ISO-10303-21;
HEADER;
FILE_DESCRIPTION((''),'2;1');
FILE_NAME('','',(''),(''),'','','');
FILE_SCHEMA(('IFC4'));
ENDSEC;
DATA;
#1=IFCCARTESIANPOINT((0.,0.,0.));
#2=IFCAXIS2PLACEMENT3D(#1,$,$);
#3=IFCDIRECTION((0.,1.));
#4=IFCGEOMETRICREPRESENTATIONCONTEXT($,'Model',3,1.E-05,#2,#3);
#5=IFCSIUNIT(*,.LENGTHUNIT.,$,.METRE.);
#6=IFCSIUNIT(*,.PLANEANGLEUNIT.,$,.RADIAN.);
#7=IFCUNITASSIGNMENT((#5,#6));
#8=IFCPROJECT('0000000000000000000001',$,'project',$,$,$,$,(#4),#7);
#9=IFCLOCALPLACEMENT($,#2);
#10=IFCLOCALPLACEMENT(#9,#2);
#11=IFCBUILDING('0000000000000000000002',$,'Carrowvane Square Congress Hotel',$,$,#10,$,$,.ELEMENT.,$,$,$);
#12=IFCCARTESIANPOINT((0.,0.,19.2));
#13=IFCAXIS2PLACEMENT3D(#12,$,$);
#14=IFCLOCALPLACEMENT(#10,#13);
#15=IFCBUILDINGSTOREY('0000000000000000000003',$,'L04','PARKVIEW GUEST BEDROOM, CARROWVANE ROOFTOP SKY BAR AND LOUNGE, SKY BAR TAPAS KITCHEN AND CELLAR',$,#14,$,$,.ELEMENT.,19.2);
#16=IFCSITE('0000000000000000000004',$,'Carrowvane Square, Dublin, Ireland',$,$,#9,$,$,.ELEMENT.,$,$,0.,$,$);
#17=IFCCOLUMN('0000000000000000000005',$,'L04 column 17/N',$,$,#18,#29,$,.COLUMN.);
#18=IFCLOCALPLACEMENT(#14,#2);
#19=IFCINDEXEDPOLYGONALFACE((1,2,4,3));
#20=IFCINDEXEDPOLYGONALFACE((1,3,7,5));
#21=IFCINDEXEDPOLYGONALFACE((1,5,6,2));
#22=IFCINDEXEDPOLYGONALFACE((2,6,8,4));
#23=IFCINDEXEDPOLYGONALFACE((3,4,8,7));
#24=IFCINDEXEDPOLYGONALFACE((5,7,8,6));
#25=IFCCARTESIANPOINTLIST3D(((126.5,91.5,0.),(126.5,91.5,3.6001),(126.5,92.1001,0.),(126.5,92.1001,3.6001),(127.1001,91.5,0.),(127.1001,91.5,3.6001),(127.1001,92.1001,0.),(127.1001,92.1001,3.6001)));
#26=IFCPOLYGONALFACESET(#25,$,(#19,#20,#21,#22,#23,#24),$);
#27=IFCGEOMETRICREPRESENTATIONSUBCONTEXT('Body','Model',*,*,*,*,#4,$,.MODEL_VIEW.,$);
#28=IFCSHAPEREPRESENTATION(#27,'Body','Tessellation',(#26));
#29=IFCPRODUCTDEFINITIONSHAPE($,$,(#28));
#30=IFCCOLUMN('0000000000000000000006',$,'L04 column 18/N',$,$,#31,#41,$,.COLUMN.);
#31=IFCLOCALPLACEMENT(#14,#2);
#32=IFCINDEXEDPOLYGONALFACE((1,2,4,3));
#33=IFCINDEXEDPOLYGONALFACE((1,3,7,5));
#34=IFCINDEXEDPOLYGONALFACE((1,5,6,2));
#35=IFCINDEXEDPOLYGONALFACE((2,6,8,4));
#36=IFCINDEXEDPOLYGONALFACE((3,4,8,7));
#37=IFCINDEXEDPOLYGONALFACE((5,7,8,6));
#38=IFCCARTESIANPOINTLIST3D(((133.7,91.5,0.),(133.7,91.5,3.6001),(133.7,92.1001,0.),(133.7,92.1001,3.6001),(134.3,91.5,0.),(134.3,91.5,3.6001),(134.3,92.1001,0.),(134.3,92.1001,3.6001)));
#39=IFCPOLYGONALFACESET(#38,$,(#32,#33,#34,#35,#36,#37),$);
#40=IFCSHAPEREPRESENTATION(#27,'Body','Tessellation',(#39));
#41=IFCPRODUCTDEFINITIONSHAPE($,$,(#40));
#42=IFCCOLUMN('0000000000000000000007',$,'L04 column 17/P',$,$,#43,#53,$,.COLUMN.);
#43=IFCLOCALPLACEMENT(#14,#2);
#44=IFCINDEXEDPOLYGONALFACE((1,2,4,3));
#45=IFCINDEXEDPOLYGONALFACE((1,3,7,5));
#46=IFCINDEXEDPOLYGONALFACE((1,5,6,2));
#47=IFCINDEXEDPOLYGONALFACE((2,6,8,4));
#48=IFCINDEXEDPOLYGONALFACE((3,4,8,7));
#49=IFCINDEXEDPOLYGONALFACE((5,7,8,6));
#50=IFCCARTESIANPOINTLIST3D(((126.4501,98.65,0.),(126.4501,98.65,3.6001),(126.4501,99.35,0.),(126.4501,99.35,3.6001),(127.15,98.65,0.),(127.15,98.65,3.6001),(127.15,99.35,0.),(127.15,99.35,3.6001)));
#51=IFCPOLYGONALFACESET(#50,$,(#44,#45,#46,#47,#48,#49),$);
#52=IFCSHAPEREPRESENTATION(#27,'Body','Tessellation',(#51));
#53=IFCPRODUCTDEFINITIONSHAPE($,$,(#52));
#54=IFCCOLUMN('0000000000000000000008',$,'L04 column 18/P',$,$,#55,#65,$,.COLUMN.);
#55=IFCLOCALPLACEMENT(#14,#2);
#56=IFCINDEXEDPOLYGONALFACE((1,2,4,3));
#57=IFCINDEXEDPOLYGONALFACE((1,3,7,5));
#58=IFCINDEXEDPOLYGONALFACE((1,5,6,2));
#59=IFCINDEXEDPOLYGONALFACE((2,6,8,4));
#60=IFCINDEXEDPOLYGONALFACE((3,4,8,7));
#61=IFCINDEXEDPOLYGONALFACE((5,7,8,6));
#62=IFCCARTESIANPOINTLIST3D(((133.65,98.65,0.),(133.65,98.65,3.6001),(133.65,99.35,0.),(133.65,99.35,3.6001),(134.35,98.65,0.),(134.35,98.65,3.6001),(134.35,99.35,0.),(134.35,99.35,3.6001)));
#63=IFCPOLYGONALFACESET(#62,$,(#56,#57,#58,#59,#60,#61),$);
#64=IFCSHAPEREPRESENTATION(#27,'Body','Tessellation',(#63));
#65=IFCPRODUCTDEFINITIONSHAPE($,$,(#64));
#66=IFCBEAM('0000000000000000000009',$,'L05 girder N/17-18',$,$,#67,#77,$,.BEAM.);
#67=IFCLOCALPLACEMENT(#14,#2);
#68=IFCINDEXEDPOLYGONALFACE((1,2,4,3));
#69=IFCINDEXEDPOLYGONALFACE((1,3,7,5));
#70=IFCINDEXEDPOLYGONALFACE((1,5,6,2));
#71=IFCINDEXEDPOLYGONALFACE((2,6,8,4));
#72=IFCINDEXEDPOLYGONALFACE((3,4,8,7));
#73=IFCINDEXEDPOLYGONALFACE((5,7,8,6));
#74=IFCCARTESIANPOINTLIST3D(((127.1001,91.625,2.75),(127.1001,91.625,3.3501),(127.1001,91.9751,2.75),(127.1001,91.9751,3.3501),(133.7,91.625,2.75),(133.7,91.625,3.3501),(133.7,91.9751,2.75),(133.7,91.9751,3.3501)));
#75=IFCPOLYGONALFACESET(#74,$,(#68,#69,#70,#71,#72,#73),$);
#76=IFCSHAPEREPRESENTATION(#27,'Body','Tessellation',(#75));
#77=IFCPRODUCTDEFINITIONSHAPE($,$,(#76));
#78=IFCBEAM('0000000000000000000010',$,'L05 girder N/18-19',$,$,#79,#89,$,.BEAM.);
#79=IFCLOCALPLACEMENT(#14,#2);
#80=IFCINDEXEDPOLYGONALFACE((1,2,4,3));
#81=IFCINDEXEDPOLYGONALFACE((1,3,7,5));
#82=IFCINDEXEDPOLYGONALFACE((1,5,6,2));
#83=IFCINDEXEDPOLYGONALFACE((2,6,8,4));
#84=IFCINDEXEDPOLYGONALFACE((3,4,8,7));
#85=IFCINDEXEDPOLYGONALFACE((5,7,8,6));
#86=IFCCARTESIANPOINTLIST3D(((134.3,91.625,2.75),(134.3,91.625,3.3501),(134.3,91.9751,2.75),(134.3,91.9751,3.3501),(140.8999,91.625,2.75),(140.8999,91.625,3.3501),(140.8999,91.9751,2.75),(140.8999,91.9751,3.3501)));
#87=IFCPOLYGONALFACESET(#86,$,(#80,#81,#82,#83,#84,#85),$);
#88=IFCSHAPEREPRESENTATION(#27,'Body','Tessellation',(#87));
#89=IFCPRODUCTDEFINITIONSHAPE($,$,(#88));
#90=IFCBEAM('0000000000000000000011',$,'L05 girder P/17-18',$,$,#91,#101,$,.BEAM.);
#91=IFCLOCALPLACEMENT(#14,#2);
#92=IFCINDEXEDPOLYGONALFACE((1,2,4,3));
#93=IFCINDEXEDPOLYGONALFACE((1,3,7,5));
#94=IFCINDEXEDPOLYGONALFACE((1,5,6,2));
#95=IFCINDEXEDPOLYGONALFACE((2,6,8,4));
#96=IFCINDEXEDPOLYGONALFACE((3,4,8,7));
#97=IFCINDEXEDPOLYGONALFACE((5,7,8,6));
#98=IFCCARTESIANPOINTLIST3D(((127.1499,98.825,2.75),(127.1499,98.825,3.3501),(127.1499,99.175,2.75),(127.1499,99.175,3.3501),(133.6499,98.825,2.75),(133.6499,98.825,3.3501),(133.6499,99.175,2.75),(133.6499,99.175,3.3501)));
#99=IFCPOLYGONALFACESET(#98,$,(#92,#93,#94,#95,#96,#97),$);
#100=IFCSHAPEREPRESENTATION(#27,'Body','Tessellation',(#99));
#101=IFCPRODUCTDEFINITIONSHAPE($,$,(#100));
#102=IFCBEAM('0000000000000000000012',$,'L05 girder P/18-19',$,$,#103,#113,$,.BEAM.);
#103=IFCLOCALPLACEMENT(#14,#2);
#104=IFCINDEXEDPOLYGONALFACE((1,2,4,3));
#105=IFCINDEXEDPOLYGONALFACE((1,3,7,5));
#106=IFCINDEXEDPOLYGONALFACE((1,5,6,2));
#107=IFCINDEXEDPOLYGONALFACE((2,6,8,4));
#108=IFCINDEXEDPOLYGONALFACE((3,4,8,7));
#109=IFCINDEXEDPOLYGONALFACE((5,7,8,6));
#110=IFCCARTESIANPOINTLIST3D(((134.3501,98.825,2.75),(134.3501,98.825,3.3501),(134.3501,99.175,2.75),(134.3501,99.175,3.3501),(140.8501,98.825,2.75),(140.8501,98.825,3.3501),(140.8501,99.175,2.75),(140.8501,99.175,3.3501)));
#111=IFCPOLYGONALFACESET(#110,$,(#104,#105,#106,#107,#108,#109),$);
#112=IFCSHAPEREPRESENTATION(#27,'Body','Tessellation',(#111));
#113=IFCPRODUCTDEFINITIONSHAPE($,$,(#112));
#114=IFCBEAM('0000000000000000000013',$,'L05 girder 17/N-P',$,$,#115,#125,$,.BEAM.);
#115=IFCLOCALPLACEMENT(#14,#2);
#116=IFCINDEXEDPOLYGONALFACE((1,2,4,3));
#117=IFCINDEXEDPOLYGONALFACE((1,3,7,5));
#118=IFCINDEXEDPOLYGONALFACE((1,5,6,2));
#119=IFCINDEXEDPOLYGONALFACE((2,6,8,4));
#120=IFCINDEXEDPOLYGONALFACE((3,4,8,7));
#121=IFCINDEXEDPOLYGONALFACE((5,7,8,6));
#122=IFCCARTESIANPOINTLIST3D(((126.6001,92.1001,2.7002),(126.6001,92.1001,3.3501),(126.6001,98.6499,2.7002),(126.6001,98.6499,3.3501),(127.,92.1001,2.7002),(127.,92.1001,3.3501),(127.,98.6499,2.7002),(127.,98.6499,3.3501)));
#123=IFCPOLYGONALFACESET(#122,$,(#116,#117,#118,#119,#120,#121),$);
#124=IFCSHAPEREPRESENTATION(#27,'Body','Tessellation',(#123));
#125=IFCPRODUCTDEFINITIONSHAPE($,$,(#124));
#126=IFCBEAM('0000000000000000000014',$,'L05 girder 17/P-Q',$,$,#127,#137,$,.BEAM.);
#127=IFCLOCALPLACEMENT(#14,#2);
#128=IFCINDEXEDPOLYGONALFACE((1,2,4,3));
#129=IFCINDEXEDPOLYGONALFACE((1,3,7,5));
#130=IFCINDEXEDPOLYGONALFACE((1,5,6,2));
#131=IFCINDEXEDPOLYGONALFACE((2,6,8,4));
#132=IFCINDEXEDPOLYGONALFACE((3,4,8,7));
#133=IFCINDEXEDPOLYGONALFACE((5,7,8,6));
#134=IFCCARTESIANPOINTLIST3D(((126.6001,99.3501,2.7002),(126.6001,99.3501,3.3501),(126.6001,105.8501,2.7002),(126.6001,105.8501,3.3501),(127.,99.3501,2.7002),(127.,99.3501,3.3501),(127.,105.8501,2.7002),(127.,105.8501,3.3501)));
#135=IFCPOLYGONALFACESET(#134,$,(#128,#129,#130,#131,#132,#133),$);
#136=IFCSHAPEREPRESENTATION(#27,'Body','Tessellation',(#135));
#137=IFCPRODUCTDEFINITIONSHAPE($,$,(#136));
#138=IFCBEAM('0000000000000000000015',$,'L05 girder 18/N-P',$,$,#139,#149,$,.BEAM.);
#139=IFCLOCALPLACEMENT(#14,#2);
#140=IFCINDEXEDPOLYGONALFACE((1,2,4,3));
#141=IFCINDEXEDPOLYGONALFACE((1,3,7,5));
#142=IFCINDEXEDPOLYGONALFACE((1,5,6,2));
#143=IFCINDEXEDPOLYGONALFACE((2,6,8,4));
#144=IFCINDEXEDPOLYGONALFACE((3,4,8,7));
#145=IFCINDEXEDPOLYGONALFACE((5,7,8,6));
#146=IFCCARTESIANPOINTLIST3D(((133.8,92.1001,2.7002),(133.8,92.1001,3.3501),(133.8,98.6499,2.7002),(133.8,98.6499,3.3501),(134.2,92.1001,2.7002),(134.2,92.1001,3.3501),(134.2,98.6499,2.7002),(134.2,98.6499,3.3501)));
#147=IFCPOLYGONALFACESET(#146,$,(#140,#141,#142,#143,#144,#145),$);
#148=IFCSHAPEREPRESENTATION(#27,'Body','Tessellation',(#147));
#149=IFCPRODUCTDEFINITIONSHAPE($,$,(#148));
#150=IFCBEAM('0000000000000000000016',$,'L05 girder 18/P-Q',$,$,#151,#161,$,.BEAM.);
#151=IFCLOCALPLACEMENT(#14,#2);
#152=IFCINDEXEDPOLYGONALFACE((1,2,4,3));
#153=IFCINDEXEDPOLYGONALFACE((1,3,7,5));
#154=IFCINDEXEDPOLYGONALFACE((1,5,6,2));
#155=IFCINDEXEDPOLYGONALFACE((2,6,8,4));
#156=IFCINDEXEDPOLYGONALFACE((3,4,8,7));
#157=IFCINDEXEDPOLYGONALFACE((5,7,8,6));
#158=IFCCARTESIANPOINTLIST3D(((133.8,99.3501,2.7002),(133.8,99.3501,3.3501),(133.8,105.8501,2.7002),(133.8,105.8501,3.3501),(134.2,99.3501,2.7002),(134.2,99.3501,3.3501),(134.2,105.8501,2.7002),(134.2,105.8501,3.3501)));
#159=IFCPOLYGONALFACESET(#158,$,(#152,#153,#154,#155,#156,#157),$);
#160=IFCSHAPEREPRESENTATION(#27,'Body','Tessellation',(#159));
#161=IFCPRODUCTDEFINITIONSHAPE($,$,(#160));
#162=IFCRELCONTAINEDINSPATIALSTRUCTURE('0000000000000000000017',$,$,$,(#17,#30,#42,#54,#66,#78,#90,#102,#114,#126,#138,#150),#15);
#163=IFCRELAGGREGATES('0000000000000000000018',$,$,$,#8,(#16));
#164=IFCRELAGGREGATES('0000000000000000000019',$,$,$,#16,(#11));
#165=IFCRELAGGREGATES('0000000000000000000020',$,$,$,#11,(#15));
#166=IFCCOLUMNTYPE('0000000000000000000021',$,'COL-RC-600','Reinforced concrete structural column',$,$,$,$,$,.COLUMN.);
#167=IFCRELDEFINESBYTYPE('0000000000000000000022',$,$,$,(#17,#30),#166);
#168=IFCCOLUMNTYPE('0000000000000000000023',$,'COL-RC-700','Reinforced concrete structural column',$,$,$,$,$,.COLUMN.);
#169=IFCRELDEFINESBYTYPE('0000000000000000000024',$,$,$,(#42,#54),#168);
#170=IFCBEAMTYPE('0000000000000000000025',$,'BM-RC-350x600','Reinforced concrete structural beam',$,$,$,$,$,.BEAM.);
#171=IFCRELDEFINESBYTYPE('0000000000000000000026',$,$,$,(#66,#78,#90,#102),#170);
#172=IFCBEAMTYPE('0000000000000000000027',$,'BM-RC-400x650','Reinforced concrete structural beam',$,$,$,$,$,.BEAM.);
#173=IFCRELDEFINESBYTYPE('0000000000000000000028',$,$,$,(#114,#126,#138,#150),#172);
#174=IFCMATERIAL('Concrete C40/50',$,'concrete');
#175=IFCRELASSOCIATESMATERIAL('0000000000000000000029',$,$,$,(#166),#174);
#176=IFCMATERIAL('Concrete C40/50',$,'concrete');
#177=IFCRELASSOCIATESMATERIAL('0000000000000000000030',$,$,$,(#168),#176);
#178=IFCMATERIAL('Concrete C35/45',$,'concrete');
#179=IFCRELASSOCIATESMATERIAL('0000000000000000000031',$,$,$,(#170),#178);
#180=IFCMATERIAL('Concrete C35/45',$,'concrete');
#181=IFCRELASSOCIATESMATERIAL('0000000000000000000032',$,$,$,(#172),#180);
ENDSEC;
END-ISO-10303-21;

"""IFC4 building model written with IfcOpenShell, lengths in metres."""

from ifc_helpers import new_model, si_unit, direction, frame, origin, origin_2d, place, context, subcontext, project, spatial, rectangle, extrude, material, material_profile, profile_set, type_object, element, save


model = new_model("IFC4")

# Units and contexts
model_context = context("Model", 3, precision=1e-05, world=origin(), true_north=direction((0.0, 1.0)))
body_context = subcontext(model_context, "Body", "Model", "MODEL_VIEW")
ifc_project = project(units=[si_unit("LENGTHUNIT", "METRE"), si_unit("PLANEANGLEUNIT", "RADIAN")], contexts=[model_context])

# Site, building, storey
site_placement = place(None, origin())
site = spatial("IfcSite", under=ifc_project, at=site_placement, Name="Carrowvane Square, Dublin, Ireland", CompositionType="ELEMENT", RefElevation=0.0)
building_placement = place(site_placement, origin())
building = spatial("IfcBuilding", under=site, at=building_placement, Name="Carrowvane Square Congress Hotel", CompositionType="ELEMENT")
storey_placement = place(building_placement, frame((0.0, 0.0, 19.2)))
storey = spatial("IfcBuildingStorey", under=building, at=storey_placement, Name="L04", Description="PARKVIEW GUEST BEDROOM, CARROWVANE ROOFTOP SKY BAR AND LOUNGE, SKY BAR TAPAS KITCHEN AND CELLAR", CompositionType="ELEMENT", Elevation=19.2)

# Columns
ifc_material_1 = material(Name="Concrete C40/50", Category="concrete")
ifc_material_profile_1 = material_profile(ifc_material_1, rectangle(XDim=0.6001, YDim=0.6001, at=origin_2d()), Name="RC 600x600")
ifc_profile_set_1 = profile_set([ifc_material_profile_1], Name="Concrete C40/50")
column_type_1 = type_object("IfcColumnType", Name="COL-RC-600", Description="Reinforced concrete structural column", PredefinedType="COLUMN", material=ifc_profile_set_1)
for number, where, z_axis, x_axis, name in (
    (1, (126.8, 91.8, 0.0), (0.0, 0.0, 1.0), (1.0, 0.0, 0.0), "L04 column 17/N"),
    (2, (134.0, 91.8, 0.0), (0.0, 0.0, 1.0), (1.0, 0.0, 0.0), "L04 column 18/N"),
):
    element("IfcColumn", number, at=place(storey_placement, frame(where, z_axis=z_axis, x_axis=x_axis)), inside=storey, type_object=column_type_1, Name=name, PredefinedType="COLUMN", context=body_context, shape_type="SweptSolid", body=[
        extrude(rectangle(XDim=0.6001, YDim=0.6001, at=origin_2d()), origin(), (0.0, 0.0, 1.0), 3.6001),
    ])
ifc_material_2 = material(Name="Concrete C40/50", Category="concrete")
ifc_material_profile_2 = material_profile(ifc_material_2, rectangle(XDim=0.7, YDim=0.7, at=origin_2d()), Name="RC 700x700")
ifc_profile_set_2 = profile_set([ifc_material_profile_2], Name="Concrete C40/50")
column_type_2 = type_object("IfcColumnType", Name="COL-RC-700", Description="Reinforced concrete structural column", PredefinedType="COLUMN", material=ifc_profile_set_2)
for number, where, z_axis, x_axis, name in (
    (3, (126.8, 99.0, 0.0), (0.0, 0.0, 1.0), (1.0, 0.0, 0.0), "L04 column 17/P"),
    (4, (134.0, 99.0, 0.0), (0.0, 0.0, 1.0), (1.0, 0.0, 0.0), "L04 column 18/P"),
):
    element("IfcColumn", number, at=place(storey_placement, frame(where, z_axis=z_axis, x_axis=x_axis)), inside=storey, type_object=column_type_2, Name=name, PredefinedType="COLUMN", context=body_context, shape_type="SweptSolid", body=[
        extrude(rectangle(XDim=0.7, YDim=0.7, at=origin_2d()), origin(), (0.0, 0.0, 1.0), 3.6001),
    ])

# Beams
ifc_material_3 = material(Name="Concrete C35/45", Category="concrete")
ifc_material_profile_3 = material_profile(ifc_material_3, rectangle(XDim=0.3501, YDim=0.6001, at=origin_2d()), Name="RC 350x600")
ifc_profile_set_3 = profile_set([ifc_material_profile_3], Name="Concrete C35/45")
beam_type_1 = type_object("IfcBeamType", Name="BM-RC-350x600", Description="Reinforced concrete structural beam", PredefinedType="BEAM", material=ifc_profile_set_3)
for number, where, z_axis, x_axis, name in (
    (5, (127.1001, 91.8, 3.05), (1.0, 0.0, 0.0), (0.0, 1.0, 0.0), "L05 girder N/17-18"),
    (6, (134.3, 91.8, 3.05), (1.0, 0.0, 0.0), (0.0, 1.0, 0.0), "L05 girder N/18-19"),
):
    element("IfcBeam", number, at=place(storey_placement, frame(where, z_axis=z_axis, x_axis=x_axis)), inside=storey, type_object=beam_type_1, Name=name, PredefinedType="BEAM", context=body_context, shape_type="SweptSolid", body=[
        extrude(rectangle(XDim=0.3501, YDim=0.6001, at=origin_2d()), origin(), (0.0, 0.0, 1.0), 6.5999),
    ])
for number, where, z_axis, x_axis, name in (
    (7, (127.1499, 99.0, 3.05), (1.0, 0.0, 0.0), (0.0, 1.0, 0.0), "L05 girder P/17-18"),
    (8, (134.3501, 99.0, 3.05), (1.0, 0.0, 0.0), (0.0, 1.0, 0.0), "L05 girder P/18-19"),
):
    element("IfcBeam", number, at=place(storey_placement, frame(where, z_axis=z_axis, x_axis=x_axis)), inside=storey, type_object=beam_type_1, Name=name, PredefinedType="BEAM", context=body_context, shape_type="SweptSolid", body=[
        extrude(rectangle(XDim=0.3501, YDim=0.6001, at=origin_2d()), origin(), (0.0, 0.0, 1.0), 6.5),
    ])
ifc_material_4 = material(Name="Concrete C35/45", Category="concrete")
ifc_material_profile_4 = material_profile(ifc_material_4, rectangle(XDim=0.3999, YDim=0.6499, at=origin_2d()), Name="RC 400x650")
ifc_profile_set_4 = profile_set([ifc_material_profile_4], Name="Concrete C35/45")
beam_type_2 = type_object("IfcBeamType", Name="BM-RC-400x650", Description="Reinforced concrete structural beam", PredefinedType="BEAM", material=ifc_profile_set_4)
beam_1_placement = place(storey_placement, frame((126.8, 92.1001, 3.0251), z_axis=(0.0, 1.0, 0.0), x_axis=(-1.0, 0.0, 0.0)))
element("IfcBeam", 9, at=beam_1_placement, inside=storey, type_object=beam_type_2, Name="L05 girder 17/N-P", PredefinedType="BEAM", context=body_context, shape_type="SweptSolid", body=[
    extrude(rectangle(XDim=0.3999, YDim=0.6499, at=origin_2d()), origin(), (0.0, 0.0, 1.0), 6.5498),
])
beam_2_placement = place(storey_placement, frame((126.8, 99.3501, 3.0251), z_axis=(0.0, 1.0, 0.0), x_axis=(-1.0, 0.0, 0.0)))
element("IfcBeam", 10, at=beam_2_placement, inside=storey, type_object=beam_type_2, Name="L05 girder 17/P-Q", PredefinedType="BEAM", context=body_context, shape_type="SweptSolid", body=[
    extrude(rectangle(XDim=0.3999, YDim=0.6499, at=origin_2d()), origin(), (0.0, 0.0, 1.0), 6.5),
])
beam_3_placement = place(storey_placement, frame((134.0, 92.1001, 3.0251), z_axis=(0.0, 1.0, 0.0), x_axis=(-1.0, 0.0, 0.0)))
element("IfcBeam", 11, at=beam_3_placement, inside=storey, type_object=beam_type_2, Name="L05 girder 18/N-P", PredefinedType="BEAM", context=body_context, shape_type="SweptSolid", body=[
    extrude(rectangle(XDim=0.3999, YDim=0.6499, at=origin_2d()), origin(), (0.0, 0.0, 1.0), 6.5498),
])
beam_4_placement = place(storey_placement, frame((134.0, 99.3501, 3.0251), z_axis=(0.0, 1.0, 0.0), x_axis=(-1.0, 0.0, 0.0)))
element("IfcBeam", 12, at=beam_4_placement, inside=storey, type_object=beam_type_2, Name="L05 girder 18/P-Q", PredefinedType="BEAM", context=body_context, shape_type="SweptSolid", body=[
    extrude(rectangle(XDim=0.3999, YDim=0.6499, at=origin_2d()), origin(), (0.0, 0.0, 1.0), 6.5),
])

save(model, "model.ifc")
